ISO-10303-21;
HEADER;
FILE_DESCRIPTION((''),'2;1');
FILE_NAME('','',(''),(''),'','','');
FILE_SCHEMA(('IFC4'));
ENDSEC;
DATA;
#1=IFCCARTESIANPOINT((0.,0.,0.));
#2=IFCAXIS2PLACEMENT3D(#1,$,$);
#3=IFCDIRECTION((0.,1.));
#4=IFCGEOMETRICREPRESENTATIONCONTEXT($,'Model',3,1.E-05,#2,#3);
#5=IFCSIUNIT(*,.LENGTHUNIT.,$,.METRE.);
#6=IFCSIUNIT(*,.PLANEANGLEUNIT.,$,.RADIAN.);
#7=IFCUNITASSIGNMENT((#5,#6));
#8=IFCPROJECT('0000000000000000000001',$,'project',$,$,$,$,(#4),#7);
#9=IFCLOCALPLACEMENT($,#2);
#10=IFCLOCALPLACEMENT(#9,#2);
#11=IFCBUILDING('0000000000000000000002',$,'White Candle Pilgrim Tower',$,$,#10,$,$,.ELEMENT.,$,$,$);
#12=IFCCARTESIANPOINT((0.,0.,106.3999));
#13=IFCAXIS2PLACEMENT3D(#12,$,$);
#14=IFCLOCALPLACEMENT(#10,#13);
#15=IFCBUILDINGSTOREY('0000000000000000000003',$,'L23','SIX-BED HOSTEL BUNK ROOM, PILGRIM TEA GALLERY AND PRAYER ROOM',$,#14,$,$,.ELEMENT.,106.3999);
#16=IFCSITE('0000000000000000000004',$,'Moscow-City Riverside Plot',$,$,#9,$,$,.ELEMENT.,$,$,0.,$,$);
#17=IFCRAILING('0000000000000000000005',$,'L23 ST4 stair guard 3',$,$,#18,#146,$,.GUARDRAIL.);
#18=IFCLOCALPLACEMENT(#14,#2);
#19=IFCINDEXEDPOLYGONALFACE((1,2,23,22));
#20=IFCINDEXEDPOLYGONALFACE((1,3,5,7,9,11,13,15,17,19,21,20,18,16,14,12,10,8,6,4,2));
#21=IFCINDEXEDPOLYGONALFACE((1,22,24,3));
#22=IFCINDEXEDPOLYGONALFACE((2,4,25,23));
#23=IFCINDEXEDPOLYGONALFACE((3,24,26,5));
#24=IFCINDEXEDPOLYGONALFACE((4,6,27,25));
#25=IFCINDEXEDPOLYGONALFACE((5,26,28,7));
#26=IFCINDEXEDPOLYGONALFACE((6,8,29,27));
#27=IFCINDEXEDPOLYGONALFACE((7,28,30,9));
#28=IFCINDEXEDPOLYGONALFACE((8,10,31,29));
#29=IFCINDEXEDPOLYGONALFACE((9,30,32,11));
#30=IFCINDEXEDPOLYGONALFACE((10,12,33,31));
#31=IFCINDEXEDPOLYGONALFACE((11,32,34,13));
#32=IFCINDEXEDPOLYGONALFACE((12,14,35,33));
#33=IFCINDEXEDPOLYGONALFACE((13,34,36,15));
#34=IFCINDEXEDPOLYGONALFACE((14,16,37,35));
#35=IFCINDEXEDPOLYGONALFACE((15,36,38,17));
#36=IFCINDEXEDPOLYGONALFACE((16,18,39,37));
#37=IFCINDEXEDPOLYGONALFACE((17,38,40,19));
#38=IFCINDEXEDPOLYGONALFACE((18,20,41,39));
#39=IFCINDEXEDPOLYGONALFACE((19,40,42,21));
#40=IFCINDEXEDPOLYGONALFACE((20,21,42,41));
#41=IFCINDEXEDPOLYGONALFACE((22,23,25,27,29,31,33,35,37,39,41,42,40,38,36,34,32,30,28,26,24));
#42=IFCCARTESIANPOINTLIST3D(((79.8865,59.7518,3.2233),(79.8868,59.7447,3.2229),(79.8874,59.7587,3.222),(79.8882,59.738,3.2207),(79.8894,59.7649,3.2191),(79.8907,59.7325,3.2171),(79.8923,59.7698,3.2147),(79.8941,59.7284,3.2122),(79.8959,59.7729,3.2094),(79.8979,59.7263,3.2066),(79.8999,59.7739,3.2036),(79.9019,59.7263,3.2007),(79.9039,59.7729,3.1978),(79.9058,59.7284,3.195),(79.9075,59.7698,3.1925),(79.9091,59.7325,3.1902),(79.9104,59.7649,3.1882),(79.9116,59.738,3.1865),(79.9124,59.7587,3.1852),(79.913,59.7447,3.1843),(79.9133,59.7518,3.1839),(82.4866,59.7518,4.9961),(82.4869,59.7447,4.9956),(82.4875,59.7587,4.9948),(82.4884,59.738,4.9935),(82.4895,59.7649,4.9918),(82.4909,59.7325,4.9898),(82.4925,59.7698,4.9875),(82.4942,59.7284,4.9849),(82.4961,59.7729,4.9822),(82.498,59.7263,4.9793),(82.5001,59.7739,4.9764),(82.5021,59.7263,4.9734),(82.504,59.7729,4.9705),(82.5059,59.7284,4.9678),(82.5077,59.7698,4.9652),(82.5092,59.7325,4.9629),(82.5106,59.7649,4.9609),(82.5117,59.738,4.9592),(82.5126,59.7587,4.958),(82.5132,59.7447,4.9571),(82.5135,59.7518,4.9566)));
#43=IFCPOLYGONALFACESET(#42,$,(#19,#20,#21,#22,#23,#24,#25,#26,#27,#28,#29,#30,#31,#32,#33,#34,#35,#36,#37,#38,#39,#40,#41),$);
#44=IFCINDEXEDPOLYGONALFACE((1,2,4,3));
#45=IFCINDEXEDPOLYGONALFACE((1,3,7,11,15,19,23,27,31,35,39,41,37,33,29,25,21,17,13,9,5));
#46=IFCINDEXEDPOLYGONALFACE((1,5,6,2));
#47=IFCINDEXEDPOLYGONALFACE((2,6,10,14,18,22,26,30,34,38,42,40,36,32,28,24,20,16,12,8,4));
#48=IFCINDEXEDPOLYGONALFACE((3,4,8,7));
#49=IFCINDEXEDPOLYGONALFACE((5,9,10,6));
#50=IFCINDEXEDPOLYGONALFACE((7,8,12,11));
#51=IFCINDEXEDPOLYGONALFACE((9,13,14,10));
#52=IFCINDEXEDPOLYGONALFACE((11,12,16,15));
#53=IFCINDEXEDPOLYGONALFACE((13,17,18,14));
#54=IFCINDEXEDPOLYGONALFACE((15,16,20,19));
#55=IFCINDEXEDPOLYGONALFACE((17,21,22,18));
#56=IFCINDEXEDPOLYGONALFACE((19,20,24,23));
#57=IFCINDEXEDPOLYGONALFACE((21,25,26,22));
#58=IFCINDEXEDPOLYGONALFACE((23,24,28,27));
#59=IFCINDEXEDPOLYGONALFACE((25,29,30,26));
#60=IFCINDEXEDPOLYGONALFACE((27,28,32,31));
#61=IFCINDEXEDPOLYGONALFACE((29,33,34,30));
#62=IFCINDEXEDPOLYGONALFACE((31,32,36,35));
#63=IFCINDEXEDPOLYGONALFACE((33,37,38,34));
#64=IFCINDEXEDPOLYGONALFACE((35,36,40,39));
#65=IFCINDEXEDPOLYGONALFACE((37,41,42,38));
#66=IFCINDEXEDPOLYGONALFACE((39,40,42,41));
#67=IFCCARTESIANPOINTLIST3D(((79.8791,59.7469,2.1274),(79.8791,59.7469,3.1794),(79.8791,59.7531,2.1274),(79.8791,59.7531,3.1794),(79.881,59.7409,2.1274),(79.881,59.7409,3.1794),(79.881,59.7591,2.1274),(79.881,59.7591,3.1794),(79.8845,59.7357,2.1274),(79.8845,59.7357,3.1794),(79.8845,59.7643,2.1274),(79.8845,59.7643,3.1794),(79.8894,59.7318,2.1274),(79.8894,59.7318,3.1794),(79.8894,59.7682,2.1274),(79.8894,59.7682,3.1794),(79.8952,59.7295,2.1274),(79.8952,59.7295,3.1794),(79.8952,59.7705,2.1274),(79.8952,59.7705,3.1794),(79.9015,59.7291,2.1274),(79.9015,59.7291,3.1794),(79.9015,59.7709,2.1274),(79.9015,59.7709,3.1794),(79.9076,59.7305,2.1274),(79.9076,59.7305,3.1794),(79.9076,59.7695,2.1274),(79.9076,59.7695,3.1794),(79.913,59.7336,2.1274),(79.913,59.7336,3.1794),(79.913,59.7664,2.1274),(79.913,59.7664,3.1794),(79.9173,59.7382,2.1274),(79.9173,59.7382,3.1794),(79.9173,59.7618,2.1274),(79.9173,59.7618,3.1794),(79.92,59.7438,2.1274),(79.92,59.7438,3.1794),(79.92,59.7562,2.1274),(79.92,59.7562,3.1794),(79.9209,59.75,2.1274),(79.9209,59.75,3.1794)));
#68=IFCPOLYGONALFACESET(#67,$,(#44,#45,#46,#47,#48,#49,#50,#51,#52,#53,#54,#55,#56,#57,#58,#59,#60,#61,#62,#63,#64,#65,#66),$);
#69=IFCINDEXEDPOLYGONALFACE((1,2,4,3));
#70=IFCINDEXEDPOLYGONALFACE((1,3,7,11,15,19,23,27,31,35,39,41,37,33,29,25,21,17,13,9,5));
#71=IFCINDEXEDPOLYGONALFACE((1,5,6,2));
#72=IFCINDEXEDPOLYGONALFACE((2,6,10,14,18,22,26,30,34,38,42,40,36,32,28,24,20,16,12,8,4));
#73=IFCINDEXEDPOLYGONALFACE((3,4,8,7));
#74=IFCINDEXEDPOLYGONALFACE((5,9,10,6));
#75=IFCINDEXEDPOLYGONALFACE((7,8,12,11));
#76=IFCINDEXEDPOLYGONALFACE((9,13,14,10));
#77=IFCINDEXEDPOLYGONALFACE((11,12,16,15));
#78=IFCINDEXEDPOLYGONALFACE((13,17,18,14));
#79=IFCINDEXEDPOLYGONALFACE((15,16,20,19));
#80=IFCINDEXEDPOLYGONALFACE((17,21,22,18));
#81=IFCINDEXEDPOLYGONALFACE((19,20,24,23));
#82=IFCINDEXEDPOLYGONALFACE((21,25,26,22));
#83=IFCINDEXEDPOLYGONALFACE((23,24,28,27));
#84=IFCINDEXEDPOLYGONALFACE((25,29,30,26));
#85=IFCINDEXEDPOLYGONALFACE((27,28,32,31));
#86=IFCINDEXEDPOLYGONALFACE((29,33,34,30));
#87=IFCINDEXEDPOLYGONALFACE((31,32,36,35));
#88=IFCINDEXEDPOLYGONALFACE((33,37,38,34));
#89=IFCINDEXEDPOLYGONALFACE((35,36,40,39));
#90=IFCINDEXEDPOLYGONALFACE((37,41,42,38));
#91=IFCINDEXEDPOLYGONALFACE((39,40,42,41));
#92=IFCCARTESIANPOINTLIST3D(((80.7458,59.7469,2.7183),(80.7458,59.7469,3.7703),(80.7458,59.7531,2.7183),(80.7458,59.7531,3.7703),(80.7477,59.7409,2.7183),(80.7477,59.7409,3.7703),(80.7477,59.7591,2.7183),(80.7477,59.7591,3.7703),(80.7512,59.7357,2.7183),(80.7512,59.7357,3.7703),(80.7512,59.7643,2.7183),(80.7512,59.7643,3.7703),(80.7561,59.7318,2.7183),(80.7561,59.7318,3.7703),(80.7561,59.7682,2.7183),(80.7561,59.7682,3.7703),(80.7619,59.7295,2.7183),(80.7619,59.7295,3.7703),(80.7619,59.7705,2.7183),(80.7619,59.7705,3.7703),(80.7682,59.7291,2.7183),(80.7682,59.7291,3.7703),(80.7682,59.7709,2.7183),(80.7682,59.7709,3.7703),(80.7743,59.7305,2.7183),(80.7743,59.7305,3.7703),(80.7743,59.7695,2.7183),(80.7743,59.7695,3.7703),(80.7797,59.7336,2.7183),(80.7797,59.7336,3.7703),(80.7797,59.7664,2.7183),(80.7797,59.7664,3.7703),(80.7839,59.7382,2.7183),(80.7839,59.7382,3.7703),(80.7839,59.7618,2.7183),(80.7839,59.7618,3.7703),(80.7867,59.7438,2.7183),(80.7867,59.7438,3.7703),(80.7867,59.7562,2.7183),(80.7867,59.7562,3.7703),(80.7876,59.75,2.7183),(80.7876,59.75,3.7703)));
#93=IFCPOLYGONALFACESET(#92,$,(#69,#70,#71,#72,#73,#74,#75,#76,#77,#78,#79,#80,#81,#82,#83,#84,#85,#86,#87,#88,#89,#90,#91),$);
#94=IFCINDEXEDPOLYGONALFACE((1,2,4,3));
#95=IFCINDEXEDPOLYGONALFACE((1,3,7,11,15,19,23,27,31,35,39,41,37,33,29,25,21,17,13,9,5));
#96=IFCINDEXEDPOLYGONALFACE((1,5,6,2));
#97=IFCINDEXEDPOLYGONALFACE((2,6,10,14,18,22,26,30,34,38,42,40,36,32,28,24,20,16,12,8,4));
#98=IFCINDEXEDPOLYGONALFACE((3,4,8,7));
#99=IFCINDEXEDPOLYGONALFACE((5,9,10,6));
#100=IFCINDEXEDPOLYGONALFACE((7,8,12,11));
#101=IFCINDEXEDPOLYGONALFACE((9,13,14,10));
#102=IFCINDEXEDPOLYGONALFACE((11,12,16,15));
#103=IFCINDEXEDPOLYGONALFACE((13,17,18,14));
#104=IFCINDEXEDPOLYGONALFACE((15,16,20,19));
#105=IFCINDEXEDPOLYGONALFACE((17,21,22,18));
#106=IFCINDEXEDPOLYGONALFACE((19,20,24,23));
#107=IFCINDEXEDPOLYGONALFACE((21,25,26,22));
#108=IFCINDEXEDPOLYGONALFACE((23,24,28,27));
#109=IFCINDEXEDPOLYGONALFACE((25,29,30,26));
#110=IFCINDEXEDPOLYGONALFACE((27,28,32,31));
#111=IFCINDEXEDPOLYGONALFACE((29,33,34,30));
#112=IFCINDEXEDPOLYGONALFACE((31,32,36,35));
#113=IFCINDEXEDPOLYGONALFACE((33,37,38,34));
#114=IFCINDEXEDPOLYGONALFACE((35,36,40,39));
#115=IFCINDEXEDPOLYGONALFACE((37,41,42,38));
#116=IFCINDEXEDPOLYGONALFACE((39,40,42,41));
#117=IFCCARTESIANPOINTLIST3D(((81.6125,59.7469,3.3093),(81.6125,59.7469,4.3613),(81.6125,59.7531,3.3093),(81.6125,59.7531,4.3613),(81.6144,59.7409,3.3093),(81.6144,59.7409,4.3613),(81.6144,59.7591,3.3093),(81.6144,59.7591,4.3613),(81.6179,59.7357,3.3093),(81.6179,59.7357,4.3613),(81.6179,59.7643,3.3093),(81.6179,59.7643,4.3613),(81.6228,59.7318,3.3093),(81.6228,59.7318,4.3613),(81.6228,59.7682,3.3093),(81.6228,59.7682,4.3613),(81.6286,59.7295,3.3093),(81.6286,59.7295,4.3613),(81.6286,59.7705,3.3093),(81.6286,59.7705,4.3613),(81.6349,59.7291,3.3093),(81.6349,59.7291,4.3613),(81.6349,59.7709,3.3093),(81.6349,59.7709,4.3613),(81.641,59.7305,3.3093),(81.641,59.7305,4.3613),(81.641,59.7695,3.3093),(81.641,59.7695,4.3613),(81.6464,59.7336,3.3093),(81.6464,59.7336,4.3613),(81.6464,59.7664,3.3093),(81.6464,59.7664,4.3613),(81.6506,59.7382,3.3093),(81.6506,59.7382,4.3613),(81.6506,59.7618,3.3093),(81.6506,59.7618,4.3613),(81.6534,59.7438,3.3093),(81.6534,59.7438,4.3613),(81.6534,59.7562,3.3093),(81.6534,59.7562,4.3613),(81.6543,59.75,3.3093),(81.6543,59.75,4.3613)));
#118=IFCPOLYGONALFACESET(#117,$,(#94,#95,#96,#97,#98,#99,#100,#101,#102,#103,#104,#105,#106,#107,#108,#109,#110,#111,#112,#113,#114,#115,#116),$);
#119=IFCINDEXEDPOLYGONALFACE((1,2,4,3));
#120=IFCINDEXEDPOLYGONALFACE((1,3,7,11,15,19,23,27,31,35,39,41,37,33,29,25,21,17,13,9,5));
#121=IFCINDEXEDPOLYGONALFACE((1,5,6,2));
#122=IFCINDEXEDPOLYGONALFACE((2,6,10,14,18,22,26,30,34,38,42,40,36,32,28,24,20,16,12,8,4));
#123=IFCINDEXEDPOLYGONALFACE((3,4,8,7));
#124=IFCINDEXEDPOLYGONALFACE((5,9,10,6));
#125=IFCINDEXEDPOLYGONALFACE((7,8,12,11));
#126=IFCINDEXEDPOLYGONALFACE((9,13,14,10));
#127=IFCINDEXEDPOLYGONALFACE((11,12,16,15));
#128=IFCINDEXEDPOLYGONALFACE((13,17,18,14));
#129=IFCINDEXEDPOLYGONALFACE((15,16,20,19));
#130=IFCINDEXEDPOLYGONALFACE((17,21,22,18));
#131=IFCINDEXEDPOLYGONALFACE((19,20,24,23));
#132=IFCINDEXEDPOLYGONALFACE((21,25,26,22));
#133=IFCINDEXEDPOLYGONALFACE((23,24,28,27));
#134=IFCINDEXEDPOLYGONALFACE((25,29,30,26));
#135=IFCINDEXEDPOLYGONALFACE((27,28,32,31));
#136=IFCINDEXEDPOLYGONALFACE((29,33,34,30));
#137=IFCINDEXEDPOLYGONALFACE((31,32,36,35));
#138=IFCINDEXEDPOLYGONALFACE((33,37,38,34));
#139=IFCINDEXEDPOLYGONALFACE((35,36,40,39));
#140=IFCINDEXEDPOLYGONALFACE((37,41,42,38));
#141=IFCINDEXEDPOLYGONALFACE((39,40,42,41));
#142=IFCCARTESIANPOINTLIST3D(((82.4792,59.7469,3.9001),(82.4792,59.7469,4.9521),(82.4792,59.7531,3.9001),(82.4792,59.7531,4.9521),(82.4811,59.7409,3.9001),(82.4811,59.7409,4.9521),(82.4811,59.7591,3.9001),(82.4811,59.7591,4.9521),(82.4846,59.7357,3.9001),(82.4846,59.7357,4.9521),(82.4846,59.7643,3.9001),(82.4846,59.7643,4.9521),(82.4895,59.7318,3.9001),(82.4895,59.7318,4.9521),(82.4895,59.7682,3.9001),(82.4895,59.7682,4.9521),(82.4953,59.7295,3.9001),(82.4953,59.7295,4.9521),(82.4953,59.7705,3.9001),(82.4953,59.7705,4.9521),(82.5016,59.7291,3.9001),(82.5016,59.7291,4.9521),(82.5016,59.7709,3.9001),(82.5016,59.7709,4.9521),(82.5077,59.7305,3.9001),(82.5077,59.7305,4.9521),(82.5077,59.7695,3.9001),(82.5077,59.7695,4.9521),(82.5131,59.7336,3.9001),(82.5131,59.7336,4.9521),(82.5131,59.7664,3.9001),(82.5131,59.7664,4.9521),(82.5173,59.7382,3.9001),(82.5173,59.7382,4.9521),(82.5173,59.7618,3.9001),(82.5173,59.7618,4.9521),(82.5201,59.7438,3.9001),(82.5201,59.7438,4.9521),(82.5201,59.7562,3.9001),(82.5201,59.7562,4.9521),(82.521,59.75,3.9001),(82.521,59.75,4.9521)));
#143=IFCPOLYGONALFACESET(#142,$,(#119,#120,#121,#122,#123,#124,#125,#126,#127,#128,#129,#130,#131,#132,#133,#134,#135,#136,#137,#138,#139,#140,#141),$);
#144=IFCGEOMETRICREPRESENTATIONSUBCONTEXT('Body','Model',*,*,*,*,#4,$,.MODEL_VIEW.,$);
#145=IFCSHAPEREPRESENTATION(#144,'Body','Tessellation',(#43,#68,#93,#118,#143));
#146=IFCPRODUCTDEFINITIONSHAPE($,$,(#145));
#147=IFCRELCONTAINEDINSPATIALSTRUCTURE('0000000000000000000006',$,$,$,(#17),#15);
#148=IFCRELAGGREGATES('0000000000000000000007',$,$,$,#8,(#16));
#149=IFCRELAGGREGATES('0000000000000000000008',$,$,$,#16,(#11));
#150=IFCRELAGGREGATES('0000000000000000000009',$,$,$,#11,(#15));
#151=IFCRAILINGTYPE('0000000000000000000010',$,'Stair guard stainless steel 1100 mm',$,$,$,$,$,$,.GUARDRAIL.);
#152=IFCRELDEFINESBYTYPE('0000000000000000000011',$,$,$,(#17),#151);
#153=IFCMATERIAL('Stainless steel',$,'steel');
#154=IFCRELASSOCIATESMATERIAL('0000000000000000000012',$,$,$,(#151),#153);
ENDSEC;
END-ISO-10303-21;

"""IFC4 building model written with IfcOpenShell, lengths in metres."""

from ifc_helpers import new_model, si_unit, direction, frame, origin, origin_2d, place, context, subcontext, project, spatial, circle, extrude, material, type_object, element, save


model = new_model("IFC4")

# Units and contexts
model_context = context("Model", 3, precision=1e-05, world=origin(), true_north=direction((0.0, 1.0)))
body_context = subcontext(model_context, "Body", "Model", "MODEL_VIEW")
ifc_project = project(units=[si_unit("LENGTHUNIT", "METRE"), si_unit("PLANEANGLEUNIT", "RADIAN")], contexts=[model_context])

# Site, building, storey
site_placement = place(None, origin())
site = spatial("IfcSite", under=ifc_project, at=site_placement, Name="Moscow-City Riverside Plot", CompositionType="ELEMENT", RefElevation=0.0)
building_placement = place(site_placement, origin())
building = spatial("IfcBuilding", under=site, at=building_placement, Name="White Candle Pilgrim Tower", CompositionType="ELEMENT")
storey_placement = place(building_placement, frame((0.0, 0.0, 106.3999)))
storey = spatial("IfcBuildingStorey", under=building, at=storey_placement, Name="L23", Description="SIX-BED HOSTEL BUNK ROOM, PILGRIM TEA GALLERY AND PRAYER ROOM", CompositionType="ELEMENT", Elevation=106.3999)

# Railing
ifc_material_1 = material(Name="Stainless steel", Category="steel")
railing_type_1 = type_object("IfcRailingType", Name="Stair guard stainless steel 1100 mm", PredefinedType="GUARDRAIL", material=ifc_material_1)
railing_1_placement = place(storey_placement, frame((79.8999, 59.75, 2.1274)))
element("IfcRailing", 1, at=railing_1_placement, inside=storey, type_object=railing_type_1, Name="L23 ST4 stair guard 3", PredefinedType="GUARDRAIL", context=body_context, shape_type="SweptSolid", body=[
    extrude(circle(Radius=0.0239, at=origin_2d()), frame((0.0, 0.0, 1.0762), z_axis=(0.82624, 0.0, 0.563318), x_axis=(0.0, 1.0, 0.0)), (0.0, 0.0, 1.0), 3.147),
    extrude(circle(Radius=0.021, at=origin_2d()), origin(), (0.0, 0.0, 1.0), 1.052),
    extrude(circle(Radius=0.021, at=origin_2d()), frame((0.8667, 0.0, 0.5908)), (0.0, 0.0, 1.0), 1.052),
    extrude(circle(Radius=0.021, at=origin_2d()), frame((1.7334, 0.0, 1.1819)), (0.0, 0.0, 1.0), 1.052),
    extrude(circle(Radius=0.021, at=origin_2d()), frame((2.6001, 0.0, 1.7727)), (0.0, 0.0, 1.0), 1.052),
])

save(model, "model.ifc")
